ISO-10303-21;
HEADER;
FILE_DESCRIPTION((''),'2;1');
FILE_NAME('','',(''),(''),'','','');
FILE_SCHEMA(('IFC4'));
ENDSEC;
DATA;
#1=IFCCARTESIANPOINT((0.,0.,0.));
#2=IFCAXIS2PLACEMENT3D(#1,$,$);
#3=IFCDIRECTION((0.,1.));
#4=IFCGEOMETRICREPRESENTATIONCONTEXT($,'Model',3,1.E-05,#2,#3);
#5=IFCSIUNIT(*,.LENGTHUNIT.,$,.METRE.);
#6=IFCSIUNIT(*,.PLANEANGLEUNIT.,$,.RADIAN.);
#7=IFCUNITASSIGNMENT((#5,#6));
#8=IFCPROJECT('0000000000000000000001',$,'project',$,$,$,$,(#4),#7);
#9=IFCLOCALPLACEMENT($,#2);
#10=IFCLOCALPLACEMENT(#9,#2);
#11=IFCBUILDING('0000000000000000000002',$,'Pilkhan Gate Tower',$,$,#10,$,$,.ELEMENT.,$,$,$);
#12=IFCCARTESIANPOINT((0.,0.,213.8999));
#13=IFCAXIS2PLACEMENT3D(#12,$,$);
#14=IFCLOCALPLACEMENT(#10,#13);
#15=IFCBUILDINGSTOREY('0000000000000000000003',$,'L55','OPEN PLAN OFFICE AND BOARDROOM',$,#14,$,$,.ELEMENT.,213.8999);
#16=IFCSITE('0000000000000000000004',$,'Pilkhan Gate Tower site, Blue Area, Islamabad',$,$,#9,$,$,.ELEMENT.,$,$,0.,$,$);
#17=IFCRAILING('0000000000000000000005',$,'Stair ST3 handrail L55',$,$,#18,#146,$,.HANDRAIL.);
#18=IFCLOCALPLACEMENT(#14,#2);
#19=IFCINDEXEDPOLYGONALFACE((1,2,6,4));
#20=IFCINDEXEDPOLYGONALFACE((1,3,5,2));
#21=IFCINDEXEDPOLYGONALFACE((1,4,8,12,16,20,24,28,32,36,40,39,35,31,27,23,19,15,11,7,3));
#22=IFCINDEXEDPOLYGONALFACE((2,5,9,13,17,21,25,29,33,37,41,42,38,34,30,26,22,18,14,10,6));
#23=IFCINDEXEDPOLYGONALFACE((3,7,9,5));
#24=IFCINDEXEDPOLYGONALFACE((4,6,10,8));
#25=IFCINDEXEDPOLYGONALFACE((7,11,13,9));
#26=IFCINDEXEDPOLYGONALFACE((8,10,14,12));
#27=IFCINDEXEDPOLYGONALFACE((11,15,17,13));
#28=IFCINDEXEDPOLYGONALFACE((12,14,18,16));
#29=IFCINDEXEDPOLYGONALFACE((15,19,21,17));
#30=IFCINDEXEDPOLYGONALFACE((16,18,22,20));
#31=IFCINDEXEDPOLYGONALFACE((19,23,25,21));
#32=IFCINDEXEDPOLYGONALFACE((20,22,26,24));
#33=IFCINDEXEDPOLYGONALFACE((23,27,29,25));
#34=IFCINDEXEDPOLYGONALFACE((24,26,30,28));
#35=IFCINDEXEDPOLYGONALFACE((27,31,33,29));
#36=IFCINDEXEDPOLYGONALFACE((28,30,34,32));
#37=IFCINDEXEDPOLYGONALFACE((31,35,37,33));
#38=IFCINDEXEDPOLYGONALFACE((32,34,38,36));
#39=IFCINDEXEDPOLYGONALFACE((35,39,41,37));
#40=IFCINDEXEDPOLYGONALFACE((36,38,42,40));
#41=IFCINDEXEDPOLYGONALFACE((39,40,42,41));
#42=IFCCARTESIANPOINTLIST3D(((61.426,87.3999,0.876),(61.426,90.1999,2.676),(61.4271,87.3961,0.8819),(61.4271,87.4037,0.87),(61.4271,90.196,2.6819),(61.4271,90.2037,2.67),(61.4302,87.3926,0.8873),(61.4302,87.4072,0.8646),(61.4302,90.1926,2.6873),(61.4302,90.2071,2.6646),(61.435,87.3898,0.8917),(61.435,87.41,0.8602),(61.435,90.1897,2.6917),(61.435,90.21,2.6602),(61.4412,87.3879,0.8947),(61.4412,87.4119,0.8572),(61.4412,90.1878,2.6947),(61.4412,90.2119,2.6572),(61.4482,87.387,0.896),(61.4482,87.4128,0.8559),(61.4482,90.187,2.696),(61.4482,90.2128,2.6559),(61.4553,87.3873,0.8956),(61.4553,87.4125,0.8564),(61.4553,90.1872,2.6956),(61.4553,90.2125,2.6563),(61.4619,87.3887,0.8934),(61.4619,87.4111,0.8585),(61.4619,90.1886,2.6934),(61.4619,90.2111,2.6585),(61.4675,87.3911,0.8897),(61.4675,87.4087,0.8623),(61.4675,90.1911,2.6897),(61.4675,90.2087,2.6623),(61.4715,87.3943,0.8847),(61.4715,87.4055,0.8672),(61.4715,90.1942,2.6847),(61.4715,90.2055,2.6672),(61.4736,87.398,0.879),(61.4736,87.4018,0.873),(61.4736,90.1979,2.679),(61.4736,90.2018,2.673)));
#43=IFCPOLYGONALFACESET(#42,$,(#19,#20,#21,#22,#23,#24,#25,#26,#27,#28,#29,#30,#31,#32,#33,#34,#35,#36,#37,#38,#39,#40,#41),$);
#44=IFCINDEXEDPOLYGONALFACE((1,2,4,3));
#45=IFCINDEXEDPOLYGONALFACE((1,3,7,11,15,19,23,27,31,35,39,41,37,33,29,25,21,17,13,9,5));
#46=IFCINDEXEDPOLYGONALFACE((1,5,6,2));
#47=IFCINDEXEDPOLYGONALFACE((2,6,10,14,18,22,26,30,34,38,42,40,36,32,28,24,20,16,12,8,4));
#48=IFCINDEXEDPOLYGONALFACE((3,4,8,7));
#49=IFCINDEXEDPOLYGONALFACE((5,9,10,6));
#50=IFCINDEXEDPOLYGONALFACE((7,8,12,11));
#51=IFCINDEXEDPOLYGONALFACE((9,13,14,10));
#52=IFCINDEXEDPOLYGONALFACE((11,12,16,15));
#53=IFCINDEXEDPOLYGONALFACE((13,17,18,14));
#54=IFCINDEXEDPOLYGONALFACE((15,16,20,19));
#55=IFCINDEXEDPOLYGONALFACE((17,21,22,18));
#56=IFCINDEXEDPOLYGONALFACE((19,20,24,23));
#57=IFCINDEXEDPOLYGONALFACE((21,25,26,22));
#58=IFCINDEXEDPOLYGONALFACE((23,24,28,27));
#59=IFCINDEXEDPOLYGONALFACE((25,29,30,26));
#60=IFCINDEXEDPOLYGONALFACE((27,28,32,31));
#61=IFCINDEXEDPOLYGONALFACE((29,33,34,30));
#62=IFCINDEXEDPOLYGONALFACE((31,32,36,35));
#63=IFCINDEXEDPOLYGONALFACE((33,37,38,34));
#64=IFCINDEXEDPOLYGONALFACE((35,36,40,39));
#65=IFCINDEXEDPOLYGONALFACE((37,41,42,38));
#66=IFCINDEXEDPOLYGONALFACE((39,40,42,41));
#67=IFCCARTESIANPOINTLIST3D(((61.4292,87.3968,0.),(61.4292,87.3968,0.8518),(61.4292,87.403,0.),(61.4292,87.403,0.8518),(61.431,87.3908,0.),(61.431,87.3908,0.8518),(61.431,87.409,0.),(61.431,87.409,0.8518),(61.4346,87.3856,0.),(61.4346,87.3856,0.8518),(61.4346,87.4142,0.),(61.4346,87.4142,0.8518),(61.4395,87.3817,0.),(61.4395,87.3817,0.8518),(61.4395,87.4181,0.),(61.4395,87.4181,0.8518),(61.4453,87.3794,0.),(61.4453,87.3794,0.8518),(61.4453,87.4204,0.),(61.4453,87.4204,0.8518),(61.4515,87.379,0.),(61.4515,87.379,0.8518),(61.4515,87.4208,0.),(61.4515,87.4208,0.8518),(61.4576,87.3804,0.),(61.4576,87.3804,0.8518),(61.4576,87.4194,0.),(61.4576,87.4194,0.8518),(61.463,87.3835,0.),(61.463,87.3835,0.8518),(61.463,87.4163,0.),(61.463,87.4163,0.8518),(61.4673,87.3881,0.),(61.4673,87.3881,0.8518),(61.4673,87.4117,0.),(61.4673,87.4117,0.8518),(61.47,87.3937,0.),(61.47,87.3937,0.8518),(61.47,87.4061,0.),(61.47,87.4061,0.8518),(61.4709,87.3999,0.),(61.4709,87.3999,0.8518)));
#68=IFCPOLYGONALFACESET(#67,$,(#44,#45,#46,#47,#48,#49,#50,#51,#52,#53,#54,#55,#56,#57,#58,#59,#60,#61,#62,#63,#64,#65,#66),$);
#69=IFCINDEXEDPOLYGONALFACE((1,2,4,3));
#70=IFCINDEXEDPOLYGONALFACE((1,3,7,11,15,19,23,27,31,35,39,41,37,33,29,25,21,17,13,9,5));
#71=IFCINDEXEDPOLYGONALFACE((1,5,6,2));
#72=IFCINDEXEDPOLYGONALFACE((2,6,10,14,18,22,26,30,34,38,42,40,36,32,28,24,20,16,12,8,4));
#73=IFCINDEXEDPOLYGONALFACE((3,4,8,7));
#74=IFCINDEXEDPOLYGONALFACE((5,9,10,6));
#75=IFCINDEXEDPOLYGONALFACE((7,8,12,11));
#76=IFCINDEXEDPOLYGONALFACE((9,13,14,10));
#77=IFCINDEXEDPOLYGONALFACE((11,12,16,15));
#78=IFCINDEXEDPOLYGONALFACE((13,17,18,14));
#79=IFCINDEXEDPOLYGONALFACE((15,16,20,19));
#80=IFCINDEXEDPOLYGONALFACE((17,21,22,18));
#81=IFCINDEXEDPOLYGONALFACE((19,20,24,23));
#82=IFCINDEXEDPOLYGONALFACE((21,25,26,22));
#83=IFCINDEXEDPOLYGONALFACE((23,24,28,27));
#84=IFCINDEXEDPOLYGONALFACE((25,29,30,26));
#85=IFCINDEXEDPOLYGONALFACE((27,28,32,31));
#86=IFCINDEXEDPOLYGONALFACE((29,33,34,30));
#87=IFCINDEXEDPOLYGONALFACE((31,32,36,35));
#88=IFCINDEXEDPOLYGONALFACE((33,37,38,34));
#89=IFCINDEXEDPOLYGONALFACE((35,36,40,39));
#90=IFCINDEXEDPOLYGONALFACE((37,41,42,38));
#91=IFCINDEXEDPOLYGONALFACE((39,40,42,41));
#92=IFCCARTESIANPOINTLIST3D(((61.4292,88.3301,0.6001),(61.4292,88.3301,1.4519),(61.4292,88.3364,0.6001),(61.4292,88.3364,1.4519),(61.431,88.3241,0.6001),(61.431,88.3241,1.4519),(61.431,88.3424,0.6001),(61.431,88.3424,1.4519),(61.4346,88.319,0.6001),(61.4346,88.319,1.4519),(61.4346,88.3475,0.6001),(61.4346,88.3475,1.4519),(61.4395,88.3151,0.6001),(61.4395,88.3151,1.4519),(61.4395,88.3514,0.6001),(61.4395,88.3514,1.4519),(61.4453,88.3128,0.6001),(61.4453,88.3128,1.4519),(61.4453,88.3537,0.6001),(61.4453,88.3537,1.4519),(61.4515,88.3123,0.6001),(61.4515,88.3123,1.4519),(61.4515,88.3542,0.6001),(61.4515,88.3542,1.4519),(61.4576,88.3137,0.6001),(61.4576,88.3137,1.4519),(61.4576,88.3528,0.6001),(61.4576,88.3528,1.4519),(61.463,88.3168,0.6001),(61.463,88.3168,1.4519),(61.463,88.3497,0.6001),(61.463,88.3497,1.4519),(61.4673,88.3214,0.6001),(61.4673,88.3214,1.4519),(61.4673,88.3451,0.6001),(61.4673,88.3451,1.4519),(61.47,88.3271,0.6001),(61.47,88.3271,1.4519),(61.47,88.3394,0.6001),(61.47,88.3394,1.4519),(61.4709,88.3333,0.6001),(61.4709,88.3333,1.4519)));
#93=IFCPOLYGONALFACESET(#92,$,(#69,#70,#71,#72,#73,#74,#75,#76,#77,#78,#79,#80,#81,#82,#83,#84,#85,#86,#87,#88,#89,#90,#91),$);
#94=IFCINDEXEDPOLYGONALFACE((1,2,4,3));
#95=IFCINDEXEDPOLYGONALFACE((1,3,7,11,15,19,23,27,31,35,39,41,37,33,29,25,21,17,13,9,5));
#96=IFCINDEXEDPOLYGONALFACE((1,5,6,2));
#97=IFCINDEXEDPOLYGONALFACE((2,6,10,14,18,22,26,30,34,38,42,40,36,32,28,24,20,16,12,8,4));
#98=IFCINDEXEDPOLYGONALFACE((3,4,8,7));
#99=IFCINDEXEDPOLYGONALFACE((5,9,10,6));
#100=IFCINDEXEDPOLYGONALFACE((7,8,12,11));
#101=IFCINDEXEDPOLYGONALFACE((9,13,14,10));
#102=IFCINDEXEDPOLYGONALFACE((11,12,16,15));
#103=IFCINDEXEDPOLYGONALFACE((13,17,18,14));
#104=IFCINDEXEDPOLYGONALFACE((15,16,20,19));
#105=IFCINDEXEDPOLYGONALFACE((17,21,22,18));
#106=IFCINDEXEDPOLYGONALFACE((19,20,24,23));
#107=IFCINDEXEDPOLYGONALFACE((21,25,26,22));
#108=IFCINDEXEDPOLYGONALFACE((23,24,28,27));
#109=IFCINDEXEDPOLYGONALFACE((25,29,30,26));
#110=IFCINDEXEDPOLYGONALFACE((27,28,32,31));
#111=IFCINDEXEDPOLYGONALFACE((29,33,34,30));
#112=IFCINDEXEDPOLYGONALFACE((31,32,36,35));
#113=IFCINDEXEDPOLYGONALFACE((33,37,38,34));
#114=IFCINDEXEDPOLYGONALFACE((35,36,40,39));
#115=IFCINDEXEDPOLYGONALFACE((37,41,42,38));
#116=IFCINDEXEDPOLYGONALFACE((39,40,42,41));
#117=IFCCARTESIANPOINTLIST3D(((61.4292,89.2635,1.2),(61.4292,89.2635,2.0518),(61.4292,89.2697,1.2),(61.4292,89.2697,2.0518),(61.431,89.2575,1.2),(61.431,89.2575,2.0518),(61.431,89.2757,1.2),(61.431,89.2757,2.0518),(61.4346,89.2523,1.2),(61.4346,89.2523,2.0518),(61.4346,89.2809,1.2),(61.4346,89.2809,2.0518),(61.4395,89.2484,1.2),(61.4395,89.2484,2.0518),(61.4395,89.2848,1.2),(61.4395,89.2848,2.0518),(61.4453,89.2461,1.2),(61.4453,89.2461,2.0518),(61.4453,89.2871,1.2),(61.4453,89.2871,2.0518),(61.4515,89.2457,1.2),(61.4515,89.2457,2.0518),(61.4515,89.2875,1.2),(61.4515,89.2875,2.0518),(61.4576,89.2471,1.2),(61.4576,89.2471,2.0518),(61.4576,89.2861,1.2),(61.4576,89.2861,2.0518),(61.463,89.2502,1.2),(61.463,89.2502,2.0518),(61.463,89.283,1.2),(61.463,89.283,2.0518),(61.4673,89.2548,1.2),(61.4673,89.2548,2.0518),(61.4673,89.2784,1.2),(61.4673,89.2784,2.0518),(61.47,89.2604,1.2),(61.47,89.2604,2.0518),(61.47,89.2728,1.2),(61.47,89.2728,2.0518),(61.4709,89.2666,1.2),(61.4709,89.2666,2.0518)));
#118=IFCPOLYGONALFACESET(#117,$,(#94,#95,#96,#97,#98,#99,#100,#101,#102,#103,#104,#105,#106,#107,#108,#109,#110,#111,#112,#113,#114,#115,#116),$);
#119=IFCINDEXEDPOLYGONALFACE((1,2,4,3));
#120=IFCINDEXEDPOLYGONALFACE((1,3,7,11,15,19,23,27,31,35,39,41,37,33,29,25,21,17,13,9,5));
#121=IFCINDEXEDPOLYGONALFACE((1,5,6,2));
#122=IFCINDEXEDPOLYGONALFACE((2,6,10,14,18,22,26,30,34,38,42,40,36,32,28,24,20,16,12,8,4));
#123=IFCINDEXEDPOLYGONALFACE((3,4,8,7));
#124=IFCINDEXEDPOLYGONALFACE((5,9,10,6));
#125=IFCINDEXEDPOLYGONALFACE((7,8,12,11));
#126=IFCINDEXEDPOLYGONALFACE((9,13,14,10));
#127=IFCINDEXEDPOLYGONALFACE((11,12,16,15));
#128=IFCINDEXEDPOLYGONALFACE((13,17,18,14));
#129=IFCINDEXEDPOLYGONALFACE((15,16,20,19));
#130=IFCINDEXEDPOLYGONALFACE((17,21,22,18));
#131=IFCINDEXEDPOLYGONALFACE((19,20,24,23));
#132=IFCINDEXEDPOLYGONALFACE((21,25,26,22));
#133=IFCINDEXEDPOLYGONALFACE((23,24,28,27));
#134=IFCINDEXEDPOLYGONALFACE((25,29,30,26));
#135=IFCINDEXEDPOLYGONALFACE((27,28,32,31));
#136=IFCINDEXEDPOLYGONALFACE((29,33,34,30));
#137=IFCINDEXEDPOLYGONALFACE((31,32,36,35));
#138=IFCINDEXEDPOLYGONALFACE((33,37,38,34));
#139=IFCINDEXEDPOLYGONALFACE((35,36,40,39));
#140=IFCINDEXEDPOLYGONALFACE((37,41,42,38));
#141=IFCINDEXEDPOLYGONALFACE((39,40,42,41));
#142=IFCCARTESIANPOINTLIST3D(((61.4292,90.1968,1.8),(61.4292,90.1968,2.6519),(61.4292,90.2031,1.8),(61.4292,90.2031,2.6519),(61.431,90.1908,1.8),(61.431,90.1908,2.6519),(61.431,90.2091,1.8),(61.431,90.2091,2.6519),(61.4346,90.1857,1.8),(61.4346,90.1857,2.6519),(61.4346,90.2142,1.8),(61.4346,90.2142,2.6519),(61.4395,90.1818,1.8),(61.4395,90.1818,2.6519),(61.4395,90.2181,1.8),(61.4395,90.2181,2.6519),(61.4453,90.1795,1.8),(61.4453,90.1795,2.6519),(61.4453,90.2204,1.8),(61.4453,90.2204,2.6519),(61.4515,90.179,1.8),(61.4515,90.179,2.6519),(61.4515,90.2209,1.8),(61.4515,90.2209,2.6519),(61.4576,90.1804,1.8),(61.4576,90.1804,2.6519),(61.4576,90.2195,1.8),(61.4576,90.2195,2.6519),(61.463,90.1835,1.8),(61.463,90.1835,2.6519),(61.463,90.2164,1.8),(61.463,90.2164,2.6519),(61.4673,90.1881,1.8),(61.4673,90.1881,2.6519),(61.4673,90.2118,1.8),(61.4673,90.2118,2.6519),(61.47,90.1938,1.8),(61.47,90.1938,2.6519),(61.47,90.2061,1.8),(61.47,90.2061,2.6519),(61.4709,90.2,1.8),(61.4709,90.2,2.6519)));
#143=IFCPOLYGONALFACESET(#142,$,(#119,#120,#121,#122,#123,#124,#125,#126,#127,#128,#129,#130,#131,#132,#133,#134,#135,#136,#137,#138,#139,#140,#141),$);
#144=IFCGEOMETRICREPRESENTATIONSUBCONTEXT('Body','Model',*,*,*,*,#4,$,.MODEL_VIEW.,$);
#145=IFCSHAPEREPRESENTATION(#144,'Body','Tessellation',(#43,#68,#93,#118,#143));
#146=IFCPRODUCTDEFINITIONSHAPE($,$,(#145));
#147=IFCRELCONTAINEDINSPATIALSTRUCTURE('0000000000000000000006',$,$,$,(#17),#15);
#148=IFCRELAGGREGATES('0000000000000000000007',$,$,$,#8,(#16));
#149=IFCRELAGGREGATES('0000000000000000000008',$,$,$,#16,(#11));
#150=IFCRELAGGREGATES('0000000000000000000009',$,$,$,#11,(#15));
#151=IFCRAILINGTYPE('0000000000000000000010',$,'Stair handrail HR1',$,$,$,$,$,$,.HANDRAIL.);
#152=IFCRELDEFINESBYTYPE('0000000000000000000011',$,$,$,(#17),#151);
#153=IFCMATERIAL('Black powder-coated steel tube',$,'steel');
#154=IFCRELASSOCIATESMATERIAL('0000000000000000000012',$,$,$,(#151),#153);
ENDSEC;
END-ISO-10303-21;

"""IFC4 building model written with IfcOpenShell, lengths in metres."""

from ifc_helpers import new_model, si_unit, direction, frame, origin, origin_2d, place, context, subcontext, project, spatial, circle, extrude, material, type_object, element, save


model = new_model("IFC4")

# Units and contexts
model_context = context("Model", 3, precision=1e-05, world=origin(), true_north=direction((0.0, 1.0)))
body_context = subcontext(model_context, "Body", "Model", "MODEL_VIEW")
ifc_project = project(units=[si_unit("LENGTHUNIT", "METRE"), si_unit("PLANEANGLEUNIT", "RADIAN")], contexts=[model_context])

# Site, building, storey
site_placement = place(None, origin())
site = spatial("IfcSite", under=ifc_project, at=site_placement, Name="Pilkhan Gate Tower site, Blue Area, Islamabad", CompositionType="ELEMENT", RefElevation=0.0)
building_placement = place(site_placement, origin())
building = spatial("IfcBuilding", under=site, at=building_placement, Name="Pilkhan Gate Tower", CompositionType="ELEMENT")
storey_placement = place(building_placement, frame((0.0, 0.0, 213.8999)))
storey = spatial("IfcBuildingStorey", under=building, at=storey_placement, Name="L55", Description="OPEN PLAN OFFICE AND BOARDROOM", CompositionType="ELEMENT", Elevation=213.8999)

# Railing
ifc_material_1 = material(Name="Black powder-coated steel tube", Category="steel")
railing_type_1 = type_object("IfcRailingType", Name="Stair handrail HR1", PredefinedType="HANDRAIL", material=ifc_material_1)
railing_1_placement = place(storey_placement, frame((61.45, 87.3999, 0.0)))
element("IfcRailing", 1, at=railing_1_placement, inside=storey, type_object=railing_type_1, Name="Stair ST3 handrail L55", PredefinedType="HANDRAIL", context=body_context, shape_type="SweptSolid", body=[
    extrude(circle(Radius=0.0239, at=origin_2d()), frame((0.0, 0.0, 0.876), z_axis=(0.0, 0.841176, 0.540761), x_axis=(-1.0, 0.0, 0.0)), (0.0, 0.0, 1.0), 3.3286),
    extrude(circle(Radius=0.021, at=origin_2d()), origin(), (0.0, 0.0, 1.0), 0.8518),
    extrude(circle(Radius=0.021, at=origin_2d()), frame((0.0, 0.9333, 0.6001)), (0.0, 0.0, 1.0), 0.8518),
    extrude(circle(Radius=0.021, at=origin_2d()), frame((0.0, 1.8667, 1.2)), (0.0, 0.0, 1.0), 0.8518),
    extrude(circle(Radius=0.021, at=origin_2d()), frame((0.0, 2.8, 1.8)), (0.0, 0.0, 1.0), 0.8518),
])

save(model, "model.ifc")
